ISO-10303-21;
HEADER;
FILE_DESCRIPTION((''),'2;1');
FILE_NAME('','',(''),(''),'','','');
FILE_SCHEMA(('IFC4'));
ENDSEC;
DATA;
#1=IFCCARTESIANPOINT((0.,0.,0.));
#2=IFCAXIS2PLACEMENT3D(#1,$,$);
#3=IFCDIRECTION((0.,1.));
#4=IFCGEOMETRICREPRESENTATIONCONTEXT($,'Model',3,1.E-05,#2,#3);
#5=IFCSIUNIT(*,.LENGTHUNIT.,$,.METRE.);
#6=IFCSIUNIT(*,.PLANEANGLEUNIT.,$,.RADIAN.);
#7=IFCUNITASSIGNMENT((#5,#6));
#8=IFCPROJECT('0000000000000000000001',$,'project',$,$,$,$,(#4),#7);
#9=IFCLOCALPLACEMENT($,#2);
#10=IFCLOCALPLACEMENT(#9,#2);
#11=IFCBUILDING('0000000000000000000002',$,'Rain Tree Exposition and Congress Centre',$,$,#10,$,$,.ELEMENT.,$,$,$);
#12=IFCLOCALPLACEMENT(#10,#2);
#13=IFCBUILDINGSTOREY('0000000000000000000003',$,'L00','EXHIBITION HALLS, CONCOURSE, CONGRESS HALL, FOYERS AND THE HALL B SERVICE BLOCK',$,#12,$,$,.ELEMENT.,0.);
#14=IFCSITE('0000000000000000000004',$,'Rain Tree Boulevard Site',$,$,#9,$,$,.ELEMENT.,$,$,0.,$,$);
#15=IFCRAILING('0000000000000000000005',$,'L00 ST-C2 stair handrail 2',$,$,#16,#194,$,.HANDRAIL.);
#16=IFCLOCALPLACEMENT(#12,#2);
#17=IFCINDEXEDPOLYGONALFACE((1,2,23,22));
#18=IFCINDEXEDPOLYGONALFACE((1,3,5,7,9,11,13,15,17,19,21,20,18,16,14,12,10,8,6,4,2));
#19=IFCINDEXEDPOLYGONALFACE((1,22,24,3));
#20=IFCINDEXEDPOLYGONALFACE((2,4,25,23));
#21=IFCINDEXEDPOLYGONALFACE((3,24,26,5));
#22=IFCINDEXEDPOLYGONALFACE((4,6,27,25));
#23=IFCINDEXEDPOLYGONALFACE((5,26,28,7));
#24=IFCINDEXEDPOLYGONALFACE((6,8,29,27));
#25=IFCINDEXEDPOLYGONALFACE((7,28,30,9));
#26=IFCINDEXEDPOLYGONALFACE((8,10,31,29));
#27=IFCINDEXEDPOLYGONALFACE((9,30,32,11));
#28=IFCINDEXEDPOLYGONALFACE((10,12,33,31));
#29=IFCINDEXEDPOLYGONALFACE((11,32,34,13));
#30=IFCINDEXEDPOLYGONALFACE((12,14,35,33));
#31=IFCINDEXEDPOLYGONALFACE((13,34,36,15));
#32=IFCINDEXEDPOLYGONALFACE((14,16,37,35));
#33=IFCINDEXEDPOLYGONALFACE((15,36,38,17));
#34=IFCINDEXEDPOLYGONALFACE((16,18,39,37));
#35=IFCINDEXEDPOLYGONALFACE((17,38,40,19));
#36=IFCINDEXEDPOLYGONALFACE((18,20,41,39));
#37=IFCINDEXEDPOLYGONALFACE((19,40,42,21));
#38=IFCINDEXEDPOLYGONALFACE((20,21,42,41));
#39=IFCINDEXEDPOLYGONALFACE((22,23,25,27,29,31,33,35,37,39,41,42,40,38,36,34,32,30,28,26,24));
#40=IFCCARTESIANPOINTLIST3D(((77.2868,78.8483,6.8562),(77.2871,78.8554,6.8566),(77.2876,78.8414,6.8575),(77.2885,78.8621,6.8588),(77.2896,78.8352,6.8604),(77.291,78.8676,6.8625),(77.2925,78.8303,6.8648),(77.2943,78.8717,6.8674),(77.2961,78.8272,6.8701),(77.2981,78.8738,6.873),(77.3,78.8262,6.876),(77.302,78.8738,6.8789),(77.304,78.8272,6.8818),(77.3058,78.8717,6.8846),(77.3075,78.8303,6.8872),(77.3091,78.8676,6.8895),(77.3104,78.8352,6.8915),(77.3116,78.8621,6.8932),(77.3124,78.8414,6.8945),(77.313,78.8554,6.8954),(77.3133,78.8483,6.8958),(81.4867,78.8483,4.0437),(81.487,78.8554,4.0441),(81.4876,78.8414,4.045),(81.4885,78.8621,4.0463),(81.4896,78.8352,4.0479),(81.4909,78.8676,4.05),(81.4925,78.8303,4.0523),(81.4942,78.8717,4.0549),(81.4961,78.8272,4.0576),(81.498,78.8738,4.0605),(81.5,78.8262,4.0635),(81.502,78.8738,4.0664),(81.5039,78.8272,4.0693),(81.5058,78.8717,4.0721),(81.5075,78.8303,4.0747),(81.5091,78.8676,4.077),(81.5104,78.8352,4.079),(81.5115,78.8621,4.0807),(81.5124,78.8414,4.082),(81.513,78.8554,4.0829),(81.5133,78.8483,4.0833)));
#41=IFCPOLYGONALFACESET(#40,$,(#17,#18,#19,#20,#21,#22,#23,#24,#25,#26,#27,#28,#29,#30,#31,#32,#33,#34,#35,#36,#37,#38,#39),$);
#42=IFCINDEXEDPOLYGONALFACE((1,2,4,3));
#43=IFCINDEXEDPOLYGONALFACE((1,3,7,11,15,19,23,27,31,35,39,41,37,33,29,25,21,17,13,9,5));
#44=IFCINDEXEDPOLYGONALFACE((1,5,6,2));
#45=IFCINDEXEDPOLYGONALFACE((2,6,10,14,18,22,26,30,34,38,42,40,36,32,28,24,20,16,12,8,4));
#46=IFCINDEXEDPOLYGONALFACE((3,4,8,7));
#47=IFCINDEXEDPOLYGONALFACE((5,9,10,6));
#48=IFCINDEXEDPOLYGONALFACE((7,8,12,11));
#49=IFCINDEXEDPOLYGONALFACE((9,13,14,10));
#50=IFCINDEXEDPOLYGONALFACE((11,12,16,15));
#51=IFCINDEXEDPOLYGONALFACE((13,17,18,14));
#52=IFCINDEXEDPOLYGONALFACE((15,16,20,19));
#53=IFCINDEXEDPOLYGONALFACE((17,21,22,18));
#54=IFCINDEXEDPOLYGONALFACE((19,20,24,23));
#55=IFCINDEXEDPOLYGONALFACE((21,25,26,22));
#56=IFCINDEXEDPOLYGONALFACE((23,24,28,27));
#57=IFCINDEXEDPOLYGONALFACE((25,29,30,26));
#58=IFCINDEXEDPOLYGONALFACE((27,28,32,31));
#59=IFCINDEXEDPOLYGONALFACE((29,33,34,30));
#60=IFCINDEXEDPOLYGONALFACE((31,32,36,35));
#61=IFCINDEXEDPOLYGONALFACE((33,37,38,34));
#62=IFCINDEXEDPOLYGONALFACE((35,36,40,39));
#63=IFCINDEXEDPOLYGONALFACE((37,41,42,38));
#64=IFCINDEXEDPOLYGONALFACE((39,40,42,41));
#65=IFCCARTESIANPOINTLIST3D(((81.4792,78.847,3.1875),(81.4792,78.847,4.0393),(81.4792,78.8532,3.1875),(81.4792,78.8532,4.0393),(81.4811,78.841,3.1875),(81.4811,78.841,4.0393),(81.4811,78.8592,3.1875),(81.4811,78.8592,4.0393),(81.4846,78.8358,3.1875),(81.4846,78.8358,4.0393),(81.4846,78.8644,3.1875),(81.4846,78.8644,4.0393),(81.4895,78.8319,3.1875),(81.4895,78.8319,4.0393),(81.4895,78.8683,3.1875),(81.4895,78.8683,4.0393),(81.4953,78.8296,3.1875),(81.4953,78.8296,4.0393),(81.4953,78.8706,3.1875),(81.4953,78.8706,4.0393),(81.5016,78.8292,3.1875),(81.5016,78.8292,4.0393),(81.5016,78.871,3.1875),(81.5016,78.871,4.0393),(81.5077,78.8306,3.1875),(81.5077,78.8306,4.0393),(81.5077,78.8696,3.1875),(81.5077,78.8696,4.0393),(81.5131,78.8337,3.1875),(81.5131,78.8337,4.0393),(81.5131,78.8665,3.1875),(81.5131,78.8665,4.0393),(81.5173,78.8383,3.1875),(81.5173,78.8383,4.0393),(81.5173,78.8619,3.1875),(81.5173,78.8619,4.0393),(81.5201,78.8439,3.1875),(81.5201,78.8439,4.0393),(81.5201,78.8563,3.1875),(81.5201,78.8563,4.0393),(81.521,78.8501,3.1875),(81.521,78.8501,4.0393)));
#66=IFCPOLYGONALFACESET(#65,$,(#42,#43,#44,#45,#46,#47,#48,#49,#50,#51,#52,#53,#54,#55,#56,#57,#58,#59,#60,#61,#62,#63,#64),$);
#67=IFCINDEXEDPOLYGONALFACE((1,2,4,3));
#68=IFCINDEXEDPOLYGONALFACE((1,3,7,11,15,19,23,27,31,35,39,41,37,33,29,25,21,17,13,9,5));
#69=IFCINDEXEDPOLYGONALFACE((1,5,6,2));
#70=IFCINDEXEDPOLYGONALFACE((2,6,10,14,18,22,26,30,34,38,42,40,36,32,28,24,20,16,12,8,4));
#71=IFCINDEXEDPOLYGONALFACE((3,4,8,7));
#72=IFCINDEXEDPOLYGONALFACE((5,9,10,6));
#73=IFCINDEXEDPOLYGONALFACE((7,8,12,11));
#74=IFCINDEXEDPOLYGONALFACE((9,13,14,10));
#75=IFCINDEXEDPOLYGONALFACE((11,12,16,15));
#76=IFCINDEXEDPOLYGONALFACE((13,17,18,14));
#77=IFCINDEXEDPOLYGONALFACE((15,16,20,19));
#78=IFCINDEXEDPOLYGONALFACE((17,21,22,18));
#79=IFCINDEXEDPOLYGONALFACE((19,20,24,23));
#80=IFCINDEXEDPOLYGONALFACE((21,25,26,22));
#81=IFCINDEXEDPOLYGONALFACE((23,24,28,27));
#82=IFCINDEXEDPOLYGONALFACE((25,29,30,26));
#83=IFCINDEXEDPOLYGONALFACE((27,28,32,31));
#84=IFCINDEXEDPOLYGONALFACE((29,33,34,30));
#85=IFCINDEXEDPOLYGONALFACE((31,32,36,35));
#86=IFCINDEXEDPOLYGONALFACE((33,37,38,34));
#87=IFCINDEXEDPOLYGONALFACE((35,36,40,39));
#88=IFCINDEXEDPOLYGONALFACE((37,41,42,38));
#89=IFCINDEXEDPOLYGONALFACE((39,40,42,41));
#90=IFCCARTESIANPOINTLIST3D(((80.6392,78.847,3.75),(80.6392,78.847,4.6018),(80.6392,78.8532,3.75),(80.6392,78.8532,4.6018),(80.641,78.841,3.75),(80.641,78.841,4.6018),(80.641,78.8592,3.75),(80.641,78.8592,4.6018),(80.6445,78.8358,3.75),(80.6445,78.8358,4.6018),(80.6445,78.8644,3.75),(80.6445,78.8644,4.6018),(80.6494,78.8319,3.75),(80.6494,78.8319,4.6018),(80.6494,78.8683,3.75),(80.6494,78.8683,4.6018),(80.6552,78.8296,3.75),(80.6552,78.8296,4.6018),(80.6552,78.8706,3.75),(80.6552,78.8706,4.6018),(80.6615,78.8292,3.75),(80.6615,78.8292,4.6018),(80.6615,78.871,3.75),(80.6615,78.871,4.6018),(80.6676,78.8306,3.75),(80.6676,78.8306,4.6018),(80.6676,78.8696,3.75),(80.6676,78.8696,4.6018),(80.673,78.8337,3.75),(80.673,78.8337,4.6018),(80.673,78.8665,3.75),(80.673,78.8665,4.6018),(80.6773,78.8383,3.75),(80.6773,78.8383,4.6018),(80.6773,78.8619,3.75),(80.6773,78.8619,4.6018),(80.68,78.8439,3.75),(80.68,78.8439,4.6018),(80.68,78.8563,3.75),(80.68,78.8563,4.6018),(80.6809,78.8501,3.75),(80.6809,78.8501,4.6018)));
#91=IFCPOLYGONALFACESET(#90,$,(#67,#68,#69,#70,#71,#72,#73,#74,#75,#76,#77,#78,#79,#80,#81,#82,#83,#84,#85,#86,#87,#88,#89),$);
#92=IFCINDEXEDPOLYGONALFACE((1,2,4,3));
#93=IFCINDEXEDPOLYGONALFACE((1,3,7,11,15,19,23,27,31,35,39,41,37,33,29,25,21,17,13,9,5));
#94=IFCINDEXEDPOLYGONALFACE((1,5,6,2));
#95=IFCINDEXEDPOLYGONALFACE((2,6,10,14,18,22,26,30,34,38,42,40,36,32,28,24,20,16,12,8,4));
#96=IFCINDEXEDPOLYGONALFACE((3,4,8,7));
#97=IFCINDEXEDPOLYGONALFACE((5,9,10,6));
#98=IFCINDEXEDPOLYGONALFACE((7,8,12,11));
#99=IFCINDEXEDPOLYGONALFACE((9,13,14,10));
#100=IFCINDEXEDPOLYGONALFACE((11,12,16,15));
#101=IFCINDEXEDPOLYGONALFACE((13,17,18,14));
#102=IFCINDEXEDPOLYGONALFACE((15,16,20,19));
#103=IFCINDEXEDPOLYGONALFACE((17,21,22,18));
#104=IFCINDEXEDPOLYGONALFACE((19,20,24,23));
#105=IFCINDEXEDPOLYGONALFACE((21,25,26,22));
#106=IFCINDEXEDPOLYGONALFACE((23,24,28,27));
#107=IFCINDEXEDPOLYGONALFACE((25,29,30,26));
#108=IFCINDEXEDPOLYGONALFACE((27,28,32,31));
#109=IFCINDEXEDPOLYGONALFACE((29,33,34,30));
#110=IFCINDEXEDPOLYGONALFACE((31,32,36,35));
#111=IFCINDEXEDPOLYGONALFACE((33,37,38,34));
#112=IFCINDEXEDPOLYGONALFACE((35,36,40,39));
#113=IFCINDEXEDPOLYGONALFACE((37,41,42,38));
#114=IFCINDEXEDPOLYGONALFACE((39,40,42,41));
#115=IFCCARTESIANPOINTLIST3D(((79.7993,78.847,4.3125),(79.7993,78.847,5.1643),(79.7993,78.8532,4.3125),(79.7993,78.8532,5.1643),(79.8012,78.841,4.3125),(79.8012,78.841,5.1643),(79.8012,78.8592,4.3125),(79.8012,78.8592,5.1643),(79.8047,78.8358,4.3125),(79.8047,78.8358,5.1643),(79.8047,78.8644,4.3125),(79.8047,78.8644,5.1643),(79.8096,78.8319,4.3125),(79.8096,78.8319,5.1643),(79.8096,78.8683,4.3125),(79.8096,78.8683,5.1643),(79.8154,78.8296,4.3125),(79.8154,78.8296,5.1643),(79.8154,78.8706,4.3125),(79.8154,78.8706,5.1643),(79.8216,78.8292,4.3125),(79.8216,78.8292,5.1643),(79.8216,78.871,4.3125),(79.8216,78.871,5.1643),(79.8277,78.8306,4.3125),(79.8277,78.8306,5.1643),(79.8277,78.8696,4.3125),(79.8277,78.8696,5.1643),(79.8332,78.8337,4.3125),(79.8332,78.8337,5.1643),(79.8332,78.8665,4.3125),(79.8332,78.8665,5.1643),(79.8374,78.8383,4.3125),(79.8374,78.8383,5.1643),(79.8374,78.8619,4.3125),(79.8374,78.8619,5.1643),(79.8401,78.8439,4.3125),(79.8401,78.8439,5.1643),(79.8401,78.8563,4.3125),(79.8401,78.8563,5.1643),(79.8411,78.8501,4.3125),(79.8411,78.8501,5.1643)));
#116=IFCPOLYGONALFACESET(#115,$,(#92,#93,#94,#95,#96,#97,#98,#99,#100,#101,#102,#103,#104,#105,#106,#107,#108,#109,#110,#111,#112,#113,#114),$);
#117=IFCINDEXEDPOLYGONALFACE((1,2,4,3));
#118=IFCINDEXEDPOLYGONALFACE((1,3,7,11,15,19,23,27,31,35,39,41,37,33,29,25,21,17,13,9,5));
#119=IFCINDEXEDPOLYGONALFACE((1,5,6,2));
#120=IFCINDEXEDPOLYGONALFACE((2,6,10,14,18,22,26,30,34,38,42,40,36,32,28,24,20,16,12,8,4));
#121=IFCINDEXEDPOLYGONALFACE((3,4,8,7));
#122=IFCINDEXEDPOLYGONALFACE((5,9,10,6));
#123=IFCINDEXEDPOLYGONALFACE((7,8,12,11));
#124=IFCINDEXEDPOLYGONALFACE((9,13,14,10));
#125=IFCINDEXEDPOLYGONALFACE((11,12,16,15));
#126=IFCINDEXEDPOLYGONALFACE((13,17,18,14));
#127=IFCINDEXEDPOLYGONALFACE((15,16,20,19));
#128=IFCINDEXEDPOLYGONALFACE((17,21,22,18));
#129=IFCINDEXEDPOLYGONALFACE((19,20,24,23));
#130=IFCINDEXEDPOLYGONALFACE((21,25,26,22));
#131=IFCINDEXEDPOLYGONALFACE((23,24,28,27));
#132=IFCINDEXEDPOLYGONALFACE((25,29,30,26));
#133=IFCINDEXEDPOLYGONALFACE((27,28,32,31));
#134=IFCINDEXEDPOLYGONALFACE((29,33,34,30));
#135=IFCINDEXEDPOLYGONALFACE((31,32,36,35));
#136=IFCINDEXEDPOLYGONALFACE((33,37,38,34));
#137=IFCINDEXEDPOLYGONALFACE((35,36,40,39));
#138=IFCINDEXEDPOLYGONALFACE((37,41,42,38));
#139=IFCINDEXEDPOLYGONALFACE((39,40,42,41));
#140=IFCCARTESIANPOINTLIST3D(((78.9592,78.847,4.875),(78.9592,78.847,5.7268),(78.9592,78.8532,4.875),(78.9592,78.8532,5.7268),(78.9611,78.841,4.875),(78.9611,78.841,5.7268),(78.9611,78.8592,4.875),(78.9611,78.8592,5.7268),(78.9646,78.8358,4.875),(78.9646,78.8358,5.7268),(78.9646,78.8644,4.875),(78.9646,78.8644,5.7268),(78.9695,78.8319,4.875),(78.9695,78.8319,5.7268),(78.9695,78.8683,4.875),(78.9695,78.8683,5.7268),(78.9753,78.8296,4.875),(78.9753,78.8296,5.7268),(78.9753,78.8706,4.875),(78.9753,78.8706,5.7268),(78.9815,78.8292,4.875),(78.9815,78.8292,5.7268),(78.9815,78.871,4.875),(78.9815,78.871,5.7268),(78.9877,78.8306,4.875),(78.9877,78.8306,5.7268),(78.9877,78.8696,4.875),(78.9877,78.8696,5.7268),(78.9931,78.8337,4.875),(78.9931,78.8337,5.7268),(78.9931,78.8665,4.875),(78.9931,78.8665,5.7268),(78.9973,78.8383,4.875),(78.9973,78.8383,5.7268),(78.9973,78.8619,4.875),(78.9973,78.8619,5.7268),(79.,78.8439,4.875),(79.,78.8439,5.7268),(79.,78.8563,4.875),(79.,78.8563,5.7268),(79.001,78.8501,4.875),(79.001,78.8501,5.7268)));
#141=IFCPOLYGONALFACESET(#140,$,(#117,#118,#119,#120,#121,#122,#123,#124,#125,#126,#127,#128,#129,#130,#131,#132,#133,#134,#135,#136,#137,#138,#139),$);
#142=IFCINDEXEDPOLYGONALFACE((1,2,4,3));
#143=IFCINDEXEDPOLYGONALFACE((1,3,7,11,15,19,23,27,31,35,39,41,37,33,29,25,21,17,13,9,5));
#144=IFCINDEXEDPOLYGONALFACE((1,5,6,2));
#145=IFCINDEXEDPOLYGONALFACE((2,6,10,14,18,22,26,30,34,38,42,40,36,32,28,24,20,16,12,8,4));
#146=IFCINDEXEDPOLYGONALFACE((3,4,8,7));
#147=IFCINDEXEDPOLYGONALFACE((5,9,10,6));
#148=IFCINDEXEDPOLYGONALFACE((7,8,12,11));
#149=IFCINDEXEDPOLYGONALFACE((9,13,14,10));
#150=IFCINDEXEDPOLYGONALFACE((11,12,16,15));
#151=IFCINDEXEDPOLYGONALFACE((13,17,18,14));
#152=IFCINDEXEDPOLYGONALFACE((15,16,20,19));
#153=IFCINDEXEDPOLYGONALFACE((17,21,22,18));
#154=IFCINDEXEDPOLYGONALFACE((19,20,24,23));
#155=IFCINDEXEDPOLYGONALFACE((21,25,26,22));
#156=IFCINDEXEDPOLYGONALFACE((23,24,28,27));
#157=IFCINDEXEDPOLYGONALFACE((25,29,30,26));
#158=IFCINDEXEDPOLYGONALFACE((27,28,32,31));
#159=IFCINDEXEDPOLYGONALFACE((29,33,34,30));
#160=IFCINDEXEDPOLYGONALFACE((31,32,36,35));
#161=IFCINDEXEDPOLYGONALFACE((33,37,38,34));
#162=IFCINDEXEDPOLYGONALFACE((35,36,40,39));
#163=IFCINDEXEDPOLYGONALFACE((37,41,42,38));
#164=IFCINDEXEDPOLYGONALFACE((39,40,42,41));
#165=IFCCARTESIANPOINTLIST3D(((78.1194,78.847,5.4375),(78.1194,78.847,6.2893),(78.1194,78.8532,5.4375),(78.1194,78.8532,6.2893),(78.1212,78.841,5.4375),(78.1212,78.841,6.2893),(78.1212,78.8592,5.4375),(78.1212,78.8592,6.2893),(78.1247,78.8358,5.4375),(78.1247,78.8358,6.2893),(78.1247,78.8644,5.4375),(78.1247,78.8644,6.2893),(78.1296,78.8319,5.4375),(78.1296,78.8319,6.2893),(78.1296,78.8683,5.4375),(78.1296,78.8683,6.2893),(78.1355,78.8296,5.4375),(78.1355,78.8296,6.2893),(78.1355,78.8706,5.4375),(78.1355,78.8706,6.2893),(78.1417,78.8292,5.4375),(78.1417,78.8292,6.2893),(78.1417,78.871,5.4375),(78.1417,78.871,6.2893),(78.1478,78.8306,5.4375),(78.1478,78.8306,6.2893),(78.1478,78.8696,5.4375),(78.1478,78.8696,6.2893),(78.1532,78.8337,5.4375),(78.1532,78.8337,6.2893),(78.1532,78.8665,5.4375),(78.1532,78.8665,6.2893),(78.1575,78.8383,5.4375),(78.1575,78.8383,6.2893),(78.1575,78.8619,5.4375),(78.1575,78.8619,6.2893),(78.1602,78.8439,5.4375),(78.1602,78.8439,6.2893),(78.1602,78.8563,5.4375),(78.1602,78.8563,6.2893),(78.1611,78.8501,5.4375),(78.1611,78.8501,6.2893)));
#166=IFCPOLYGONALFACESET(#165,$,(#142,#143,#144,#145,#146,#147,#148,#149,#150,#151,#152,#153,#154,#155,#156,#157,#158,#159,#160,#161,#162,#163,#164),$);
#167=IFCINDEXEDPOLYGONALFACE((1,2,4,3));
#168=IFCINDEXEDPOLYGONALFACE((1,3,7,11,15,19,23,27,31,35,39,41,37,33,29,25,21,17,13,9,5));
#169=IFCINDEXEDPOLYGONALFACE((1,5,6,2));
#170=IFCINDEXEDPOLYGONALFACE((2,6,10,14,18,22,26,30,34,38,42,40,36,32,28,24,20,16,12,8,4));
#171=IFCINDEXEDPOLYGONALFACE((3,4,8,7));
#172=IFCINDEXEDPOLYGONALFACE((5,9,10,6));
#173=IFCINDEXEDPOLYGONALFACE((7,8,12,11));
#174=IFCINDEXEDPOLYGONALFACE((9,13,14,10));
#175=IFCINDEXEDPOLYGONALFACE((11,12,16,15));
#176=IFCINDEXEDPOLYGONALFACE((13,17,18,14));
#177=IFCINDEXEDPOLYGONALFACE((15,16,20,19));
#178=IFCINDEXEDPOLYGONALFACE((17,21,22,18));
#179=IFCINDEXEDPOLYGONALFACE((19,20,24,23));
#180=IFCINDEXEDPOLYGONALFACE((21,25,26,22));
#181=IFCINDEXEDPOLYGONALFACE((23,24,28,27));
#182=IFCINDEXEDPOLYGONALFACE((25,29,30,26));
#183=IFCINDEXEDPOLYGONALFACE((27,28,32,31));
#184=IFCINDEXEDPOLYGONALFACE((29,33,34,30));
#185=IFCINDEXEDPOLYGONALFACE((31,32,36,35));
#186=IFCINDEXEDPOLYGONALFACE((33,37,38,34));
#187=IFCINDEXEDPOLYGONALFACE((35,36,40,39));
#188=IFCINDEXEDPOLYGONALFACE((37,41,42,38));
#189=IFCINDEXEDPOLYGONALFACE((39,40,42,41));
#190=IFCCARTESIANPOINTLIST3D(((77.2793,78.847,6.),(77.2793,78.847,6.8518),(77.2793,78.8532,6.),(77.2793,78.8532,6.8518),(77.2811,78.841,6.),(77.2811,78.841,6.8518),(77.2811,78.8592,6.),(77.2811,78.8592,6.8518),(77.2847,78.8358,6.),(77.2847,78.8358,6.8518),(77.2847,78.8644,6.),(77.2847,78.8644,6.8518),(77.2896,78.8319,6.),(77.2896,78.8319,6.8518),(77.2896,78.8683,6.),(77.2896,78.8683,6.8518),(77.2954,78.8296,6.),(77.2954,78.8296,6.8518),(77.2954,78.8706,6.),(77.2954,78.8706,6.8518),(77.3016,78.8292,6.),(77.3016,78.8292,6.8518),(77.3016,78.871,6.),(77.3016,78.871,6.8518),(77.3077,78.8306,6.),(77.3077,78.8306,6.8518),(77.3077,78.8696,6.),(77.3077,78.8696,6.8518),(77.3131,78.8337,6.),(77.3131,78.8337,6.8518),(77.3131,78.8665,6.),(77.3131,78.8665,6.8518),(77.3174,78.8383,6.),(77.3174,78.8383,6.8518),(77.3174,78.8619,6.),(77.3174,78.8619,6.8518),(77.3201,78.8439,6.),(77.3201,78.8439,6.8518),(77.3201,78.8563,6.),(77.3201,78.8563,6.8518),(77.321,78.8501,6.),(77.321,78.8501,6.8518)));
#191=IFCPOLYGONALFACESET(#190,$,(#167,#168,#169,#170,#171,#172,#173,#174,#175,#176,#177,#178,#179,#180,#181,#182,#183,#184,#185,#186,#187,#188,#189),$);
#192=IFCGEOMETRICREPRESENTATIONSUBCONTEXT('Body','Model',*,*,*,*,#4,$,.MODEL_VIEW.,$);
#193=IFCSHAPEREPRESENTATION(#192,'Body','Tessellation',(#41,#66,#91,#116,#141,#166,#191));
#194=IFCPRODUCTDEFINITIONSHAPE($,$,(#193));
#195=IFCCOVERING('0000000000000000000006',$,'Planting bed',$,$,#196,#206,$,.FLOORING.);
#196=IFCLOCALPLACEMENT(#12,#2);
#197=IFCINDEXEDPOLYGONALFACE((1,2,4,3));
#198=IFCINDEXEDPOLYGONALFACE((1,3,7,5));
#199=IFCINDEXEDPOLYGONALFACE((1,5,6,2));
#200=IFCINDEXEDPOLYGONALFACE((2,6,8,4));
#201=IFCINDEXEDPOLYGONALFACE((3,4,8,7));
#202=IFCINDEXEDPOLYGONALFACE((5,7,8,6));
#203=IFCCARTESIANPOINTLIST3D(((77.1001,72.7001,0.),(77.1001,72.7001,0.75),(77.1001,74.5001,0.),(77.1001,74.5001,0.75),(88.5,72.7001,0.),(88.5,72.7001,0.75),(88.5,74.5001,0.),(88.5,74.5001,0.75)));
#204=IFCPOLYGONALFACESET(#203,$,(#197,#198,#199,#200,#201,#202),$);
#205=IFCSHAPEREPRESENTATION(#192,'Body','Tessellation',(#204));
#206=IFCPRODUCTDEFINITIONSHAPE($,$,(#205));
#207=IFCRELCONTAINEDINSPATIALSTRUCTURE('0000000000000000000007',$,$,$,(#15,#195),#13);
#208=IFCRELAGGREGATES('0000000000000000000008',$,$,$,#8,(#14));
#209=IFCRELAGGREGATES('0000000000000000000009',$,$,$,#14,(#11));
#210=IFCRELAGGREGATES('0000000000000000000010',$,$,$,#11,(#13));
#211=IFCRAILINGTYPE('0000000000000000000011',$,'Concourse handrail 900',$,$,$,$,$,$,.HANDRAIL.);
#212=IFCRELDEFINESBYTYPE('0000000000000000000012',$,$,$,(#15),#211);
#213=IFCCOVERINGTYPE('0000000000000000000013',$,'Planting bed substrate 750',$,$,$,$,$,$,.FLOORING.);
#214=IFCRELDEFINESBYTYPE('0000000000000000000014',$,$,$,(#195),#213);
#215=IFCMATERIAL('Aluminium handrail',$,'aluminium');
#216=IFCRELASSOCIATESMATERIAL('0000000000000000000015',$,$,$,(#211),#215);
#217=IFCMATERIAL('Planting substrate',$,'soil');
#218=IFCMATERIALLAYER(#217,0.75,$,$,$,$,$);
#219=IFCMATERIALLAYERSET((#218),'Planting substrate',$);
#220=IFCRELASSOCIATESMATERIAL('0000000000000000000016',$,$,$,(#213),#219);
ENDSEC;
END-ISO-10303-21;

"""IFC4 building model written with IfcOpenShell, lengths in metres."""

from ifc_helpers import new_model, si_unit, direction, frame, origin, origin_2d, place, context, subcontext, project, spatial, rectangle, circle, extrude, material, layer, layer_set, type_object, element, save


model = new_model("IFC4")

# Units and contexts
model_context = context("Model", 3, precision=1e-05, world=origin(), true_north=direction((0.0, 1.0)))
body_context = subcontext(model_context, "Body", "Model", "MODEL_VIEW")
ifc_project = project(units=[si_unit("LENGTHUNIT", "METRE"), si_unit("PLANEANGLEUNIT", "RADIAN")], contexts=[model_context])

# Site, building, storey
site_placement = place(None, origin())
site = spatial("IfcSite", under=ifc_project, at=site_placement, Name="Rain Tree Boulevard Site", CompositionType="ELEMENT", RefElevation=0.0)
building_placement = place(site_placement, origin())
building = spatial("IfcBuilding", under=site, at=building_placement, Name="Rain Tree Exposition and Congress Centre", CompositionType="ELEMENT")
storey_placement = place(building_placement, origin())
storey = spatial("IfcBuildingStorey", under=building, at=storey_placement, Name="L00", Description="EXHIBITION HALLS, CONCOURSE, CONGRESS HALL, FOYERS AND THE HALL B SERVICE BLOCK", CompositionType="ELEMENT", Elevation=0.0)

# Railing
ifc_material_1 = material(Name="Aluminium handrail", Category="aluminium")
railing_type_1 = type_object("IfcRailingType", Name="Concourse handrail 900", PredefinedType="HANDRAIL", material=ifc_material_1)
railing_1_placement = place(storey_placement, frame((81.5, 78.8501, 3.1875)))
element("IfcRailing", 1, at=railing_1_placement, inside=storey, type_object=railing_type_1, Name="L00 ST-C2 stair handrail 2", PredefinedType="HANDRAIL", context=body_context, shape_type="SweptSolid", body=[
    extrude(circle(Radius=0.0239, at=origin_2d()), frame((0.0, 0.0, 0.876), z_axis=(-0.830904, 0.0, 0.556416), x_axis=(0.0, -1.0, 0.0)), (0.0, 0.0, 1.0), 5.0547),
    extrude(circle(Radius=0.021, at=origin_2d()), origin(), (0.0, 0.0, 1.0), 0.8518),
    extrude(circle(Radius=0.021, at=origin_2d()), frame((-0.8401, 0.0, 0.5625)), (0.0, 0.0, 1.0), 0.8518),
    extrude(circle(Radius=0.021, at=origin_2d()), frame((-1.6799, 0.0, 1.125)), (0.0, 0.0, 1.0), 0.8518),
    extrude(circle(Radius=0.021, at=origin_2d()), frame((-2.52, 0.0, 1.6875)), (0.0, 0.0, 1.0), 0.8518),
    extrude(circle(Radius=0.021, at=origin_2d()), frame((-3.3599, 0.0, 2.25)), (0.0, 0.0, 1.0), 0.8518),
    extrude(circle(Radius=0.021, at=origin_2d()), frame((-4.2, 0.0, 2.8125)), (0.0, 0.0, 1.0), 0.8518),
])

# Covering
ifc_material_2 = material(Name="Planting substrate", Category="soil")
ifc_layer_1 = layer(ifc_material_2, 0.75)
ifc_layer_set_1 = layer_set([ifc_layer_1], Name="Planting substrate")
covering_type_1 = type_object("IfcCoveringType", Name="Planting bed substrate 750", PredefinedType="FLOORING", material=ifc_layer_set_1)
covering_1_placement = place(storey_placement, frame((82.8, 73.6001, 0.0), z_axis=(0.0, 0.0, 1.0), x_axis=(1.0, 0.0, 0.0)))
element("IfcCovering", 2, at=covering_1_placement, inside=storey, type_object=covering_type_1, Name="Planting bed", PredefinedType="FLOORING", context=body_context, shape_type="SweptSolid", body=[
    extrude(rectangle(XDim=11.3999, YDim=1.8, at=origin_2d()), origin(), (0.0, 0.0, 1.0), 0.75),
])

save(model, "model.ifc")
